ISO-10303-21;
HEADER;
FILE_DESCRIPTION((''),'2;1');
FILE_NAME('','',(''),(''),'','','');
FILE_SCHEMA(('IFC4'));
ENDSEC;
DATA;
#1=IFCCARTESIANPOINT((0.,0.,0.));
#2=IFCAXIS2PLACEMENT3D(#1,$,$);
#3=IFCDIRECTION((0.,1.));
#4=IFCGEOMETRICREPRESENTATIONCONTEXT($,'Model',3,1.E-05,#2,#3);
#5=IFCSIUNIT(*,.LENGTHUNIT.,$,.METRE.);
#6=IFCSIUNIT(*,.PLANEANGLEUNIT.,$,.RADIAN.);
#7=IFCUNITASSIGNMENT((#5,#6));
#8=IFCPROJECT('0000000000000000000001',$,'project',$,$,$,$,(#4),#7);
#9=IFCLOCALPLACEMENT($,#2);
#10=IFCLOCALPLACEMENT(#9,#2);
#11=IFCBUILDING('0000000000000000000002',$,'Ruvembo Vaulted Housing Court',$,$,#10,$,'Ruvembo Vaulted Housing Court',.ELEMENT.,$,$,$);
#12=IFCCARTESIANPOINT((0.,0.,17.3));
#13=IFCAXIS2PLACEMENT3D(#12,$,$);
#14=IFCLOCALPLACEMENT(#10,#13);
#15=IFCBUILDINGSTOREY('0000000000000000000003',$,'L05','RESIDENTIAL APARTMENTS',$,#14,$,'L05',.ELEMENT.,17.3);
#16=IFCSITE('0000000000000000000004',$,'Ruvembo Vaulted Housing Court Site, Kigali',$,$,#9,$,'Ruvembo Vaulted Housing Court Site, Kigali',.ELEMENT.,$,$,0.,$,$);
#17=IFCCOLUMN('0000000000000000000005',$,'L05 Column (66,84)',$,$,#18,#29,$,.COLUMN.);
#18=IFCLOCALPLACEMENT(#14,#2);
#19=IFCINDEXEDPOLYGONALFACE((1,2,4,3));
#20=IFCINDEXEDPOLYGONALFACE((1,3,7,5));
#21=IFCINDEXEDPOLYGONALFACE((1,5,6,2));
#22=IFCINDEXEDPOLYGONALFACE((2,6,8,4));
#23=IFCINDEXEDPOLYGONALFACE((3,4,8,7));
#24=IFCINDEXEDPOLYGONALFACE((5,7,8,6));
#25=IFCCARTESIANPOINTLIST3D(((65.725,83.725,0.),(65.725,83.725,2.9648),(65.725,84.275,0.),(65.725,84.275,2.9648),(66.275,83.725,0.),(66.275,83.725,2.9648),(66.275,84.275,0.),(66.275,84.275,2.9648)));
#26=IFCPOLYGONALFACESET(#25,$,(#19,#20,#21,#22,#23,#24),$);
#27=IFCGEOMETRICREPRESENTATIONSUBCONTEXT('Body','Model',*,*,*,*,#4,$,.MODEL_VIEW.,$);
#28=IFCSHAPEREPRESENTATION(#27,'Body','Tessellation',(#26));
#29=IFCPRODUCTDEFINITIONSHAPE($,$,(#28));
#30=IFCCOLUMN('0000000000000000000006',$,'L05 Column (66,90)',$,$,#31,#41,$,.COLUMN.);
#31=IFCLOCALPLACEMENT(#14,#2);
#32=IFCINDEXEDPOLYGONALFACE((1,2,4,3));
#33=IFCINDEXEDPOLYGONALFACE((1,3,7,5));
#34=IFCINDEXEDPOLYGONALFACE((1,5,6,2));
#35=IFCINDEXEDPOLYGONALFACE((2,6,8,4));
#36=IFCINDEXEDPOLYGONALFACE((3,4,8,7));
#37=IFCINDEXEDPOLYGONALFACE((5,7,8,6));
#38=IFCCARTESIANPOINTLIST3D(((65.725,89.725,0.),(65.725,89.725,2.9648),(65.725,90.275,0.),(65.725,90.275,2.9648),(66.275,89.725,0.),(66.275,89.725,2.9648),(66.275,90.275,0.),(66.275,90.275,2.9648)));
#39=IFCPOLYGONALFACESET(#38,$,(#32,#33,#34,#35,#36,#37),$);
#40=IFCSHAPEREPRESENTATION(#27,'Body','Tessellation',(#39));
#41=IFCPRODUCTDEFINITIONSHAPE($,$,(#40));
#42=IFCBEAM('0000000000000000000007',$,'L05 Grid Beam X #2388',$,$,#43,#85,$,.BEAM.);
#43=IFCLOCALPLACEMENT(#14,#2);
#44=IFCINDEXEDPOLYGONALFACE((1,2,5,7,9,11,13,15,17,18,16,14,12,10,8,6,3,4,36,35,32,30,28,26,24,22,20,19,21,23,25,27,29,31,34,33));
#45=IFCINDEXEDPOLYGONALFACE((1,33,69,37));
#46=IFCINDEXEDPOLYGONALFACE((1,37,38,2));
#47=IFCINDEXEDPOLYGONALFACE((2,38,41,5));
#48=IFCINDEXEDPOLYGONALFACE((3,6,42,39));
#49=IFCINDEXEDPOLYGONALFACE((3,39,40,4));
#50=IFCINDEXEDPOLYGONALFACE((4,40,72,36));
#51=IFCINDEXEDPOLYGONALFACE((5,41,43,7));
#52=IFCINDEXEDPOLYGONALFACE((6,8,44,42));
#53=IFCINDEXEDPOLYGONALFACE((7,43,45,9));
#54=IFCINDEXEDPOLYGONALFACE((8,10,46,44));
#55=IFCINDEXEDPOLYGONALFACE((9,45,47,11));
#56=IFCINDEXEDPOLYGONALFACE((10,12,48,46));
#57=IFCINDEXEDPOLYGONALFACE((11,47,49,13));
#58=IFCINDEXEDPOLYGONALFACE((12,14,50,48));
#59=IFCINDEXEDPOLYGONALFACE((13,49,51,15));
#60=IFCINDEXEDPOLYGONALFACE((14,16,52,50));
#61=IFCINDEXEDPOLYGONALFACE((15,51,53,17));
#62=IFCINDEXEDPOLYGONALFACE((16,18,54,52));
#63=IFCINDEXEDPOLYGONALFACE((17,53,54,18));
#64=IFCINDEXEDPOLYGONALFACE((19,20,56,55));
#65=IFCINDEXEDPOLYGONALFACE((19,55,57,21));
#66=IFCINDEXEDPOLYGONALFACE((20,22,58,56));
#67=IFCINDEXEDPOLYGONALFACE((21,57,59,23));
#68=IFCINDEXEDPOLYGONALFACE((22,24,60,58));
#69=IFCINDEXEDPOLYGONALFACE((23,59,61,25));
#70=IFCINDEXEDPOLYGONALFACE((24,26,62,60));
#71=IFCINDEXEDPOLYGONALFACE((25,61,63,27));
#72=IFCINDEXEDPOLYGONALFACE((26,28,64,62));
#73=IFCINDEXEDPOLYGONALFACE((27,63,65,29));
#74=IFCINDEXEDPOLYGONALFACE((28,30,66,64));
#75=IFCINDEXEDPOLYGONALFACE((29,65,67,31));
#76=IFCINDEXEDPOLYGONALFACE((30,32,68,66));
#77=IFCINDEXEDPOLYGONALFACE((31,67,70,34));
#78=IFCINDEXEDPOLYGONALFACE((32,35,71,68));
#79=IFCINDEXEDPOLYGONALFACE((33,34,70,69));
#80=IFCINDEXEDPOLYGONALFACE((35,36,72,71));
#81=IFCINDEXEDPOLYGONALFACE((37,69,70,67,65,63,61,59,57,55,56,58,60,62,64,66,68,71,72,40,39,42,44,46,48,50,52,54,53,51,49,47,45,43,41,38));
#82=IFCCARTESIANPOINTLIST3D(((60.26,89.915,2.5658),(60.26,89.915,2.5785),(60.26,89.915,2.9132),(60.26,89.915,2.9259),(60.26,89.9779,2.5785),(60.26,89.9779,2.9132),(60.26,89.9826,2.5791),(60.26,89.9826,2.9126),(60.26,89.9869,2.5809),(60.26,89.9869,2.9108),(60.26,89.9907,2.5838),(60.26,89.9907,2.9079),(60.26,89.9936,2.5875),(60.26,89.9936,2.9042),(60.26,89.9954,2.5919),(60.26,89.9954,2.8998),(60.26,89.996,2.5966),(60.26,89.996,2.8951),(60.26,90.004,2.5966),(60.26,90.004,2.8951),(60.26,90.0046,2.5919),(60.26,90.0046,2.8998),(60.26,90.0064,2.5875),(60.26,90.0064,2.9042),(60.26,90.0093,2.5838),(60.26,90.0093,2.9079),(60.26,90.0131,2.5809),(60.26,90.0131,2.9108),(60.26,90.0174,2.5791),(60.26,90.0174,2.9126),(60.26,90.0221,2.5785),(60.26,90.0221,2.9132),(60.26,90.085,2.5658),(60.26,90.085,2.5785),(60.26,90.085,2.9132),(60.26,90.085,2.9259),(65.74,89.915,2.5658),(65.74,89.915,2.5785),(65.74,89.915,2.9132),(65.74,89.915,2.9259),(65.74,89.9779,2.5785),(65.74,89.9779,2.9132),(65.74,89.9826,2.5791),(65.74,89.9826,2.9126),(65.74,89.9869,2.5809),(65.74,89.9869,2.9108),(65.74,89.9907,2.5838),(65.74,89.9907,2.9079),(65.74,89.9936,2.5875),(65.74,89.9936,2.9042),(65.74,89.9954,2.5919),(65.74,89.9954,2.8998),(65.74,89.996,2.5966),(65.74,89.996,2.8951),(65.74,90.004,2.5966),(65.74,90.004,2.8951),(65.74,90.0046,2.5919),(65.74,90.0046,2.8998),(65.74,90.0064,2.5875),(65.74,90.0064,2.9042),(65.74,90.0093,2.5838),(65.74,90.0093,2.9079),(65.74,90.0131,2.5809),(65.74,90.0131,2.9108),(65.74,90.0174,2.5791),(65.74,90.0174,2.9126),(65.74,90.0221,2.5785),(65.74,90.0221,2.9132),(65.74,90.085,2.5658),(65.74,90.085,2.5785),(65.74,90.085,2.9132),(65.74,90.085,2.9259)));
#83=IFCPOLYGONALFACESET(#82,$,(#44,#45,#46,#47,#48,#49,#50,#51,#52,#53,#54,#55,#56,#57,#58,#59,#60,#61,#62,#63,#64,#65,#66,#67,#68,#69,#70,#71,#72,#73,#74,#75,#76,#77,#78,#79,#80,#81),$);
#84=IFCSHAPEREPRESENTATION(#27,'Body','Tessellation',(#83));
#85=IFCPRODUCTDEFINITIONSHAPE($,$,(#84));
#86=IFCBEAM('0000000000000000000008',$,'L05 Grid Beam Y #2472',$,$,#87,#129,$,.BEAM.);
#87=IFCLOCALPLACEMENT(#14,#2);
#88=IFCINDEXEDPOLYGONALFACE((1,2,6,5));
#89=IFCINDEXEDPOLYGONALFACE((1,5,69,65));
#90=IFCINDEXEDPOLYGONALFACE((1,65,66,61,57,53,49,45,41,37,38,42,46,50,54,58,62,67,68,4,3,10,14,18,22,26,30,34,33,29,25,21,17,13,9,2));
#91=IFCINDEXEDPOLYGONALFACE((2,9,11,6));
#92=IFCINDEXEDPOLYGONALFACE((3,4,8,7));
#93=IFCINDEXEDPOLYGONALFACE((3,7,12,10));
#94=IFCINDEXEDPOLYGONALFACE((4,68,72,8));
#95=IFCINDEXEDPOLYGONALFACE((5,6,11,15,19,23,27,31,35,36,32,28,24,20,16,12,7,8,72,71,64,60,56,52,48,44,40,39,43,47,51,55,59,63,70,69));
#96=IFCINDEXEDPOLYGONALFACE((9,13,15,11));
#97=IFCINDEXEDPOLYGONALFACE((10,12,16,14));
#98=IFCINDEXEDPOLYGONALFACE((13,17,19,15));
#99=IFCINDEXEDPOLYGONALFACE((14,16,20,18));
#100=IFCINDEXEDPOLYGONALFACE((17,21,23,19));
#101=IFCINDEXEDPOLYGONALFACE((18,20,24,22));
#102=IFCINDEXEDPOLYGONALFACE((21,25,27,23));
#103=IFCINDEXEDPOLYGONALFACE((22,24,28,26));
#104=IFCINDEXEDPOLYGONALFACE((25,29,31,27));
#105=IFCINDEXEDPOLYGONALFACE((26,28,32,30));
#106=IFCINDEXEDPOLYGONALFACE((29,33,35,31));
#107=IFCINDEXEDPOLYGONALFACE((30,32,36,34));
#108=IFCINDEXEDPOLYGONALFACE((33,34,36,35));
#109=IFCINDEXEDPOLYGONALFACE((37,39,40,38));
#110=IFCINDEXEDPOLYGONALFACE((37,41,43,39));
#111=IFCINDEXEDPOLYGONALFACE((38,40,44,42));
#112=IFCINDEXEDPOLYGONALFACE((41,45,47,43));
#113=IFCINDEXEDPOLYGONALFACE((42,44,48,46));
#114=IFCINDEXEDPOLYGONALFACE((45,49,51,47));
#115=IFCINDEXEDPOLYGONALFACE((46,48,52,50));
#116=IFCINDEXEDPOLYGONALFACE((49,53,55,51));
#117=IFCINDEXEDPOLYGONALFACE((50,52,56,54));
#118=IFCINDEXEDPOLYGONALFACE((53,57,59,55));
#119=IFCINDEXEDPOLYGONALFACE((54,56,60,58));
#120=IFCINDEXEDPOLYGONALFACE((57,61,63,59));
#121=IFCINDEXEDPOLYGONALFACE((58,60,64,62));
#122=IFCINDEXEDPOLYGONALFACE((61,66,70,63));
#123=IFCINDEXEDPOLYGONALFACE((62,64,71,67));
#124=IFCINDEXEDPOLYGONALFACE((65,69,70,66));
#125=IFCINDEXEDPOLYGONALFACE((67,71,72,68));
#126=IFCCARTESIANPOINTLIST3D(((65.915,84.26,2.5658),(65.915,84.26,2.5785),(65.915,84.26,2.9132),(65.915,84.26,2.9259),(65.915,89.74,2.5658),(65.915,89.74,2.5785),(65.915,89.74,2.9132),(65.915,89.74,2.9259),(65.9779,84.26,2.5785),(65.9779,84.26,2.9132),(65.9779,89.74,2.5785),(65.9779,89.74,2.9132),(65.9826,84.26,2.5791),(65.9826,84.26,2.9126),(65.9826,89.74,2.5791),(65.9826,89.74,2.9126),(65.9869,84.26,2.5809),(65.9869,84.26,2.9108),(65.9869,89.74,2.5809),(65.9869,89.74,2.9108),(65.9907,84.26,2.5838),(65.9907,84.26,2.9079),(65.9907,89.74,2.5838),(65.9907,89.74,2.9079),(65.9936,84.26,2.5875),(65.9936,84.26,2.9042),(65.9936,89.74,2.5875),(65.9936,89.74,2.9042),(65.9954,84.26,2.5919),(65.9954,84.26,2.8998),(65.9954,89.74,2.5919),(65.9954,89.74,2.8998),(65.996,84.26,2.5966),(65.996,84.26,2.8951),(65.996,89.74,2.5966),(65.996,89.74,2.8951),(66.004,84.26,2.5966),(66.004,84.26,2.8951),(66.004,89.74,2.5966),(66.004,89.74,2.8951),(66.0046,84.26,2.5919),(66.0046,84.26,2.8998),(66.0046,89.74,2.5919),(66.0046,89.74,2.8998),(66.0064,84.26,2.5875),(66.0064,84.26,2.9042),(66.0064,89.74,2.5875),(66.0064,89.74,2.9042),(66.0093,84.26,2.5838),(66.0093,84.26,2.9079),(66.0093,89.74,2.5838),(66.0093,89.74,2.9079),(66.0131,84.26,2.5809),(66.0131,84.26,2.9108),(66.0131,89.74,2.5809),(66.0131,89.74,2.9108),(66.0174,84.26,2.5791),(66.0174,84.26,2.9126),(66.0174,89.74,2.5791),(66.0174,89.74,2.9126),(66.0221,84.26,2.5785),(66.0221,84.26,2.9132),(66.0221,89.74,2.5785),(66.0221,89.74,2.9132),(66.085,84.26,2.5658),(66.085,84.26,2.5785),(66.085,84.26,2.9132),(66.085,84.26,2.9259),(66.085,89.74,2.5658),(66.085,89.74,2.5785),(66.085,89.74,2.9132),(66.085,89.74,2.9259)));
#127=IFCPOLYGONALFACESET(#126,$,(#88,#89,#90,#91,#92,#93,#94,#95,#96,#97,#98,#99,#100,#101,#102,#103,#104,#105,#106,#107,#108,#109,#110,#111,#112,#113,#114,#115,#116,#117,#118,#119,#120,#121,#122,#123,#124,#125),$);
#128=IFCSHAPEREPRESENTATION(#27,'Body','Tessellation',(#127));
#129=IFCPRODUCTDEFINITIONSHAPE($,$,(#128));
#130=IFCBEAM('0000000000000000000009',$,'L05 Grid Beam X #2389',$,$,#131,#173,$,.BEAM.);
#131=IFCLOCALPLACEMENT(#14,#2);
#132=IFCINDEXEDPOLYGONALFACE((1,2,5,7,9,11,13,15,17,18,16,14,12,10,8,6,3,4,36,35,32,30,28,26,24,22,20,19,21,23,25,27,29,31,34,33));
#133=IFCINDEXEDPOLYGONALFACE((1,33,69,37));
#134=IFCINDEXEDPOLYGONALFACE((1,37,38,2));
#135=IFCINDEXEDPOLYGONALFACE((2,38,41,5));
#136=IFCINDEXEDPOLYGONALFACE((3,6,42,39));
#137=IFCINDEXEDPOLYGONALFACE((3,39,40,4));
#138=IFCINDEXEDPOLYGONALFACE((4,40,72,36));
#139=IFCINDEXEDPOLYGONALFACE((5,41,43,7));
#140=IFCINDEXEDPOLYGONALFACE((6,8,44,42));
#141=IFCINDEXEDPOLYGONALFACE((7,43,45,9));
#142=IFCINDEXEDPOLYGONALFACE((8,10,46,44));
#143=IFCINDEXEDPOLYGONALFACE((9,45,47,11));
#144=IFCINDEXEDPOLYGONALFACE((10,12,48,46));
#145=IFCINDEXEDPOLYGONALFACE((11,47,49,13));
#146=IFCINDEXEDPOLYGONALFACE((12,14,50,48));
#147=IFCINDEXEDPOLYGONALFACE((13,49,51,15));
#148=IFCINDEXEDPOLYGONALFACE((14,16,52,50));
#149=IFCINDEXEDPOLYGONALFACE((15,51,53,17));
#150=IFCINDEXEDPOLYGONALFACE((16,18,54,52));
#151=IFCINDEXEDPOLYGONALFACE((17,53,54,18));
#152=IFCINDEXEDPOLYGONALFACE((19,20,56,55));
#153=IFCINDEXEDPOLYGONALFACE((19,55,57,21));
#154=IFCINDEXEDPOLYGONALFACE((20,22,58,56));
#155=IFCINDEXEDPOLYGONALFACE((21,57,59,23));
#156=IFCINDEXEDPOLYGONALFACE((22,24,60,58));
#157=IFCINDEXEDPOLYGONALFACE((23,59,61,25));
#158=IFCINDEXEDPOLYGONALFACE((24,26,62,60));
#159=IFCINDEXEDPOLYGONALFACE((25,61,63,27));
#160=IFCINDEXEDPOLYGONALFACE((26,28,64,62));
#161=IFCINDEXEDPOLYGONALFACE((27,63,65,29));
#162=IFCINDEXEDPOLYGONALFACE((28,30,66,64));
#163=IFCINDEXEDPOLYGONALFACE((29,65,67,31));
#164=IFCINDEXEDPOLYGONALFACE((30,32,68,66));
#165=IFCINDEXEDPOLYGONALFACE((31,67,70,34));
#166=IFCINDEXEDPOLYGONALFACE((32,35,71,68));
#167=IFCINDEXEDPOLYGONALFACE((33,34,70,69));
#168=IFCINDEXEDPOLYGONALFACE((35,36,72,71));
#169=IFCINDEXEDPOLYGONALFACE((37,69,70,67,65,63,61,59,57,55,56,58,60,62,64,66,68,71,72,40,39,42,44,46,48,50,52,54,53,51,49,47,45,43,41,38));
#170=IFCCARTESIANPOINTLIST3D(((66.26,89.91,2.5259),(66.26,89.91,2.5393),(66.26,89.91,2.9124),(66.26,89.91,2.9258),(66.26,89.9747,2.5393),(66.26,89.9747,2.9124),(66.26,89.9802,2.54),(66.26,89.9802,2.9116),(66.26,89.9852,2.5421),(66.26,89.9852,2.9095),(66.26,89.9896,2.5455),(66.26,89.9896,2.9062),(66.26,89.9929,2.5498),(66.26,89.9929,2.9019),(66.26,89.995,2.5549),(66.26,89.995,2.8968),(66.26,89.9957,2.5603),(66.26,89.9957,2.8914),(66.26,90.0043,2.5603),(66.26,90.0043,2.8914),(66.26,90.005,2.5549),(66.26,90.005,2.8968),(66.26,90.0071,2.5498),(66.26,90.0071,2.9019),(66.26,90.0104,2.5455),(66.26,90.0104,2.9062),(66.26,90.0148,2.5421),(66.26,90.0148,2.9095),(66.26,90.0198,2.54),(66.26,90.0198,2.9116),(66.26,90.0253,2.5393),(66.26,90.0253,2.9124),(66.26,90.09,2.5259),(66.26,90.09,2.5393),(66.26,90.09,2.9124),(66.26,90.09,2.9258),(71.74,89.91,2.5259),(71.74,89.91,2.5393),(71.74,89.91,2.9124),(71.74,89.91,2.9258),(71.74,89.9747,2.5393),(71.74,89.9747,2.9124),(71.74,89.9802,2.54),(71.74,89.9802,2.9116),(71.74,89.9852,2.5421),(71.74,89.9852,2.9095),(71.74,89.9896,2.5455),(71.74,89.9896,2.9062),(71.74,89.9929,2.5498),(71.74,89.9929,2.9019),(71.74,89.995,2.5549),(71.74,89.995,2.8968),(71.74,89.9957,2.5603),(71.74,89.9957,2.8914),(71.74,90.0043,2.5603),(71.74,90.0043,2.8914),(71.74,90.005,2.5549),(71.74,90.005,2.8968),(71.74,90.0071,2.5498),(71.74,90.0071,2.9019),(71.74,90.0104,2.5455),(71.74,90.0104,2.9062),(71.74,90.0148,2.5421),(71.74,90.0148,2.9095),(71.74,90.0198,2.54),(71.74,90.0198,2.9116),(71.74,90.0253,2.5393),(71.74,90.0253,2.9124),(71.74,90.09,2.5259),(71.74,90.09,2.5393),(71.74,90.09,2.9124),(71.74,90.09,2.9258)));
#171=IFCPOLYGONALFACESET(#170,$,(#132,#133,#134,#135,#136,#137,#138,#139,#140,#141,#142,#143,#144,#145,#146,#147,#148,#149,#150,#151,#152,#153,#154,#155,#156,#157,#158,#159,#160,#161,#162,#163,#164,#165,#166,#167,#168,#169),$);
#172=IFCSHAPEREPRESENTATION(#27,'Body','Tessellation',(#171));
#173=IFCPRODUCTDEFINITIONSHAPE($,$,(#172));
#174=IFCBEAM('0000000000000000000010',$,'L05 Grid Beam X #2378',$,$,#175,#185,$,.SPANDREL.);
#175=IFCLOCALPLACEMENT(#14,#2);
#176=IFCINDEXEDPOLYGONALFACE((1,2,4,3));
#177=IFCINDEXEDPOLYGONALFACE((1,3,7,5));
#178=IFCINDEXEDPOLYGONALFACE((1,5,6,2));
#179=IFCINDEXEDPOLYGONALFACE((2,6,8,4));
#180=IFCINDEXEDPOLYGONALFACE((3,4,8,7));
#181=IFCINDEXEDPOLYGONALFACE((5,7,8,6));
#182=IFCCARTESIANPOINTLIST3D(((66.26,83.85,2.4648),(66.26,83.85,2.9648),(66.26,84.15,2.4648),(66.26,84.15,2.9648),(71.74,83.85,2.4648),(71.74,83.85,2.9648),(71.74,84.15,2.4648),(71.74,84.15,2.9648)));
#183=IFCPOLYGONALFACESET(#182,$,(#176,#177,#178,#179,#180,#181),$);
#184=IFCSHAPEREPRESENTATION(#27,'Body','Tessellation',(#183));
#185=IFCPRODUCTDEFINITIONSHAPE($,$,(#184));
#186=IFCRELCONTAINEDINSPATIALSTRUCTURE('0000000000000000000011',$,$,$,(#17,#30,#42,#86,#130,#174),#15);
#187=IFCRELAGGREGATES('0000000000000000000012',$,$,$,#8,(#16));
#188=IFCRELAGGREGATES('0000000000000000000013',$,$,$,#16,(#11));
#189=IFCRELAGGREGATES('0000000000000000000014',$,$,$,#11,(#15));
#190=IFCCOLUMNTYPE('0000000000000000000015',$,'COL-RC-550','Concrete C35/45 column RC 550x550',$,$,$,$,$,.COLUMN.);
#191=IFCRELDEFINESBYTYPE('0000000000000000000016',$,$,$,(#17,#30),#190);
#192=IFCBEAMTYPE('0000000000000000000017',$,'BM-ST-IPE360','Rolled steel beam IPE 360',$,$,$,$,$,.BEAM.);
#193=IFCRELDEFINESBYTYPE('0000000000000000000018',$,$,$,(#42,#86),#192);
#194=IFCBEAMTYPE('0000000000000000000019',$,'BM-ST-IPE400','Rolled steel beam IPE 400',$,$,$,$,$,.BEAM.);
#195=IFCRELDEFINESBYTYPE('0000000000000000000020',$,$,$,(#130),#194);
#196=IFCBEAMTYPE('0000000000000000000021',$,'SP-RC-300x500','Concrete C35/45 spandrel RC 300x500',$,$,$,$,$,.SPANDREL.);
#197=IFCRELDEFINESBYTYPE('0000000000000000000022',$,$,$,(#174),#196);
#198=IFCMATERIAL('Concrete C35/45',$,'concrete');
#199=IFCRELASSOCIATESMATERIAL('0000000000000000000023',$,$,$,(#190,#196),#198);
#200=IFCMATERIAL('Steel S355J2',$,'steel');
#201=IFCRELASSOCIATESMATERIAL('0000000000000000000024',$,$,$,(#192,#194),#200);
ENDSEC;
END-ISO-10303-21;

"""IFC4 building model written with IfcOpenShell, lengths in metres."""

from ifc_helpers import new_model, si_unit, direction, frame, origin, origin_2d, place, context, subcontext, project, spatial, rectangle, i_section, extrude, material, material_profile, profile_set, type_object, element, save


model = new_model("IFC4")

# Units and contexts
model_context = context("Model", 3, precision=1e-05, world=origin(), true_north=direction((0.0, 1.0)))
body_context = subcontext(model_context, "Body", "Model", "MODEL_VIEW")
ifc_project = project(units=[si_unit("LENGTHUNIT", "METRE"), si_unit("PLANEANGLEUNIT", "RADIAN")], contexts=[model_context])

# Site, building, storey
site_placement = place(None, origin())
site = spatial("IfcSite", under=ifc_project, at=site_placement, Name="Ruvembo Vaulted Housing Court Site, Kigali", LongName="Ruvembo Vaulted Housing Court Site, Kigali", CompositionType="ELEMENT", RefElevation=0.0)
building_placement = place(site_placement, origin())
building = spatial("IfcBuilding", under=site, at=building_placement, Name="Ruvembo Vaulted Housing Court", LongName="Ruvembo Vaulted Housing Court", CompositionType="ELEMENT")
storey_placement = place(building_placement, frame((0.0, 0.0, 17.3)))
storey = spatial("IfcBuildingStorey", under=building, at=storey_placement, Name="L05", Description="RESIDENTIAL APARTMENTS", LongName="L05", CompositionType="ELEMENT", Elevation=17.3)

# Columns
ifc_material_1 = material(Name="Concrete C35/45", Category="concrete")
ifc_material_profile_1 = material_profile(ifc_material_1, rectangle(XDim=0.55, YDim=0.55, at=origin_2d()), Name="RC 550x550")
ifc_profile_set_1 = profile_set([ifc_material_profile_1], Name="Concrete C35/45")
column_type = type_object("IfcColumnType", Name="COL-RC-550", Description="Concrete C35/45 column RC 550x550", PredefinedType="COLUMN", material=ifc_profile_set_1)
for number, where, z_axis, x_axis, name in (
    (1, (66.0, 84.0, 0.0), (0.0, 0.0, 1.0), (1.0, 0.0, 0.0), "L05 Column (66,84)"),
    (2, (66.0, 90.0, 0.0), (0.0, 0.0, 1.0), (1.0, 0.0, 0.0), "L05 Column (66,90)"),
):
    element("IfcColumn", number, at=place(storey_placement, frame(where, z_axis=z_axis, x_axis=x_axis)), inside=storey, type_object=column_type, Name=name, PredefinedType="COLUMN", context=body_context, shape_type="SweptSolid", body=[
        extrude(rectangle(XDim=0.55, YDim=0.55, at=origin_2d()), origin(), (0.0, 0.0, 1.0), 2.9648),
    ])

# Beams
ifc_material_2 = material(Name="Steel S355J2", Category="steel")
ifc_material_profile_2 = material_profile(ifc_material_2, i_section(OverallWidth=0.1699, OverallDepth=0.3601, WebThickness=0.0081, FlangeThickness=0.0127, FilletRadius=0.0181, at=origin_2d()), Name="IPE 360")
ifc_profile_set_2 = profile_set([ifc_material_profile_2], Name="Steel S355J2")
beam_type_1 = type_object("IfcBeamType", Name="BM-ST-IPE360", Description="Rolled steel beam IPE 360", PredefinedType="BEAM", material=ifc_profile_set_2)
for number, where, z_axis, x_axis, name in (
    (3, (60.26, 90.0, 2.7458), (1.0, 0.0, 0.0), (0.0, 1.0, 0.0), "L05 Grid Beam X #2388"),
    (4, (66.0, 84.26, 2.7458), (0.0, 1.0, 0.0), (-1.0, 0.0, 0.0), "L05 Grid Beam Y #2472"),
):
    element("IfcBeam", number, at=place(storey_placement, frame(where, z_axis=z_axis, x_axis=x_axis)), inside=storey, type_object=beam_type_1, Name=name, PredefinedType="BEAM", context=body_context, shape_type="SweptSolid", body=[
        extrude(i_section(OverallWidth=0.1699, OverallDepth=0.3601, WebThickness=0.0081, FlangeThickness=0.0127, FilletRadius=0.0181, at=origin_2d()), origin(), (0.0, 0.0, 1.0), 5.48),
    ])
ifc_material_profile_3 = material_profile(ifc_material_2, i_section(OverallWidth=0.1799, OverallDepth=0.3999, WebThickness=0.0085, FlangeThickness=0.0134, FilletRadius=0.021, at=origin_2d()), Name="IPE 400")
ifc_profile_set_3 = profile_set([ifc_material_profile_3], Name="Steel S355J2")
beam_type_2 = type_object("IfcBeamType", Name="BM-ST-IPE400", Description="Rolled steel beam IPE 400", PredefinedType="BEAM", material=ifc_profile_set_3)
beam_1_placement = place(storey_placement, frame((66.26, 90.0, 2.7258), z_axis=(1.0, 0.0, 0.0), x_axis=(0.0, 1.0, 0.0)))
element("IfcBeam", 5, at=beam_1_placement, inside=storey, type_object=beam_type_2, Name="L05 Grid Beam X #2389", PredefinedType="BEAM", context=body_context, shape_type="SweptSolid", body=[
    extrude(i_section(OverallWidth=0.1799, OverallDepth=0.3999, WebThickness=0.0085, FlangeThickness=0.0134, FilletRadius=0.021, at=origin_2d()), origin(), (0.0, 0.0, 1.0), 5.48),
])
ifc_material_profile_4 = material_profile(ifc_material_1, rectangle(XDim=0.3, YDim=0.5, at=origin_2d()), Name="RC 300x500")
ifc_profile_set_4 = profile_set([ifc_material_profile_4], Name="Concrete C35/45")
beam_type_3 = type_object("IfcBeamType", Name="SP-RC-300x500", Description="Concrete C35/45 spandrel RC 300x500", PredefinedType="SPANDREL", material=ifc_profile_set_4)
beam_2_placement = place(storey_placement, frame((66.26, 84.0, 2.7148), z_axis=(1.0, 0.0, 0.0), x_axis=(0.0, 1.0, 0.0)))
element("IfcBeam", 6, at=beam_2_placement, inside=storey, type_object=beam_type_3, Name="L05 Grid Beam X #2378", PredefinedType="SPANDREL", context=body_context, shape_type="SweptSolid", body=[
    extrude(rectangle(XDim=0.3, YDim=0.5, at=origin_2d()), origin(), (0.0, 0.0, 1.0), 5.48),
])

save(model, "model.ifc")
